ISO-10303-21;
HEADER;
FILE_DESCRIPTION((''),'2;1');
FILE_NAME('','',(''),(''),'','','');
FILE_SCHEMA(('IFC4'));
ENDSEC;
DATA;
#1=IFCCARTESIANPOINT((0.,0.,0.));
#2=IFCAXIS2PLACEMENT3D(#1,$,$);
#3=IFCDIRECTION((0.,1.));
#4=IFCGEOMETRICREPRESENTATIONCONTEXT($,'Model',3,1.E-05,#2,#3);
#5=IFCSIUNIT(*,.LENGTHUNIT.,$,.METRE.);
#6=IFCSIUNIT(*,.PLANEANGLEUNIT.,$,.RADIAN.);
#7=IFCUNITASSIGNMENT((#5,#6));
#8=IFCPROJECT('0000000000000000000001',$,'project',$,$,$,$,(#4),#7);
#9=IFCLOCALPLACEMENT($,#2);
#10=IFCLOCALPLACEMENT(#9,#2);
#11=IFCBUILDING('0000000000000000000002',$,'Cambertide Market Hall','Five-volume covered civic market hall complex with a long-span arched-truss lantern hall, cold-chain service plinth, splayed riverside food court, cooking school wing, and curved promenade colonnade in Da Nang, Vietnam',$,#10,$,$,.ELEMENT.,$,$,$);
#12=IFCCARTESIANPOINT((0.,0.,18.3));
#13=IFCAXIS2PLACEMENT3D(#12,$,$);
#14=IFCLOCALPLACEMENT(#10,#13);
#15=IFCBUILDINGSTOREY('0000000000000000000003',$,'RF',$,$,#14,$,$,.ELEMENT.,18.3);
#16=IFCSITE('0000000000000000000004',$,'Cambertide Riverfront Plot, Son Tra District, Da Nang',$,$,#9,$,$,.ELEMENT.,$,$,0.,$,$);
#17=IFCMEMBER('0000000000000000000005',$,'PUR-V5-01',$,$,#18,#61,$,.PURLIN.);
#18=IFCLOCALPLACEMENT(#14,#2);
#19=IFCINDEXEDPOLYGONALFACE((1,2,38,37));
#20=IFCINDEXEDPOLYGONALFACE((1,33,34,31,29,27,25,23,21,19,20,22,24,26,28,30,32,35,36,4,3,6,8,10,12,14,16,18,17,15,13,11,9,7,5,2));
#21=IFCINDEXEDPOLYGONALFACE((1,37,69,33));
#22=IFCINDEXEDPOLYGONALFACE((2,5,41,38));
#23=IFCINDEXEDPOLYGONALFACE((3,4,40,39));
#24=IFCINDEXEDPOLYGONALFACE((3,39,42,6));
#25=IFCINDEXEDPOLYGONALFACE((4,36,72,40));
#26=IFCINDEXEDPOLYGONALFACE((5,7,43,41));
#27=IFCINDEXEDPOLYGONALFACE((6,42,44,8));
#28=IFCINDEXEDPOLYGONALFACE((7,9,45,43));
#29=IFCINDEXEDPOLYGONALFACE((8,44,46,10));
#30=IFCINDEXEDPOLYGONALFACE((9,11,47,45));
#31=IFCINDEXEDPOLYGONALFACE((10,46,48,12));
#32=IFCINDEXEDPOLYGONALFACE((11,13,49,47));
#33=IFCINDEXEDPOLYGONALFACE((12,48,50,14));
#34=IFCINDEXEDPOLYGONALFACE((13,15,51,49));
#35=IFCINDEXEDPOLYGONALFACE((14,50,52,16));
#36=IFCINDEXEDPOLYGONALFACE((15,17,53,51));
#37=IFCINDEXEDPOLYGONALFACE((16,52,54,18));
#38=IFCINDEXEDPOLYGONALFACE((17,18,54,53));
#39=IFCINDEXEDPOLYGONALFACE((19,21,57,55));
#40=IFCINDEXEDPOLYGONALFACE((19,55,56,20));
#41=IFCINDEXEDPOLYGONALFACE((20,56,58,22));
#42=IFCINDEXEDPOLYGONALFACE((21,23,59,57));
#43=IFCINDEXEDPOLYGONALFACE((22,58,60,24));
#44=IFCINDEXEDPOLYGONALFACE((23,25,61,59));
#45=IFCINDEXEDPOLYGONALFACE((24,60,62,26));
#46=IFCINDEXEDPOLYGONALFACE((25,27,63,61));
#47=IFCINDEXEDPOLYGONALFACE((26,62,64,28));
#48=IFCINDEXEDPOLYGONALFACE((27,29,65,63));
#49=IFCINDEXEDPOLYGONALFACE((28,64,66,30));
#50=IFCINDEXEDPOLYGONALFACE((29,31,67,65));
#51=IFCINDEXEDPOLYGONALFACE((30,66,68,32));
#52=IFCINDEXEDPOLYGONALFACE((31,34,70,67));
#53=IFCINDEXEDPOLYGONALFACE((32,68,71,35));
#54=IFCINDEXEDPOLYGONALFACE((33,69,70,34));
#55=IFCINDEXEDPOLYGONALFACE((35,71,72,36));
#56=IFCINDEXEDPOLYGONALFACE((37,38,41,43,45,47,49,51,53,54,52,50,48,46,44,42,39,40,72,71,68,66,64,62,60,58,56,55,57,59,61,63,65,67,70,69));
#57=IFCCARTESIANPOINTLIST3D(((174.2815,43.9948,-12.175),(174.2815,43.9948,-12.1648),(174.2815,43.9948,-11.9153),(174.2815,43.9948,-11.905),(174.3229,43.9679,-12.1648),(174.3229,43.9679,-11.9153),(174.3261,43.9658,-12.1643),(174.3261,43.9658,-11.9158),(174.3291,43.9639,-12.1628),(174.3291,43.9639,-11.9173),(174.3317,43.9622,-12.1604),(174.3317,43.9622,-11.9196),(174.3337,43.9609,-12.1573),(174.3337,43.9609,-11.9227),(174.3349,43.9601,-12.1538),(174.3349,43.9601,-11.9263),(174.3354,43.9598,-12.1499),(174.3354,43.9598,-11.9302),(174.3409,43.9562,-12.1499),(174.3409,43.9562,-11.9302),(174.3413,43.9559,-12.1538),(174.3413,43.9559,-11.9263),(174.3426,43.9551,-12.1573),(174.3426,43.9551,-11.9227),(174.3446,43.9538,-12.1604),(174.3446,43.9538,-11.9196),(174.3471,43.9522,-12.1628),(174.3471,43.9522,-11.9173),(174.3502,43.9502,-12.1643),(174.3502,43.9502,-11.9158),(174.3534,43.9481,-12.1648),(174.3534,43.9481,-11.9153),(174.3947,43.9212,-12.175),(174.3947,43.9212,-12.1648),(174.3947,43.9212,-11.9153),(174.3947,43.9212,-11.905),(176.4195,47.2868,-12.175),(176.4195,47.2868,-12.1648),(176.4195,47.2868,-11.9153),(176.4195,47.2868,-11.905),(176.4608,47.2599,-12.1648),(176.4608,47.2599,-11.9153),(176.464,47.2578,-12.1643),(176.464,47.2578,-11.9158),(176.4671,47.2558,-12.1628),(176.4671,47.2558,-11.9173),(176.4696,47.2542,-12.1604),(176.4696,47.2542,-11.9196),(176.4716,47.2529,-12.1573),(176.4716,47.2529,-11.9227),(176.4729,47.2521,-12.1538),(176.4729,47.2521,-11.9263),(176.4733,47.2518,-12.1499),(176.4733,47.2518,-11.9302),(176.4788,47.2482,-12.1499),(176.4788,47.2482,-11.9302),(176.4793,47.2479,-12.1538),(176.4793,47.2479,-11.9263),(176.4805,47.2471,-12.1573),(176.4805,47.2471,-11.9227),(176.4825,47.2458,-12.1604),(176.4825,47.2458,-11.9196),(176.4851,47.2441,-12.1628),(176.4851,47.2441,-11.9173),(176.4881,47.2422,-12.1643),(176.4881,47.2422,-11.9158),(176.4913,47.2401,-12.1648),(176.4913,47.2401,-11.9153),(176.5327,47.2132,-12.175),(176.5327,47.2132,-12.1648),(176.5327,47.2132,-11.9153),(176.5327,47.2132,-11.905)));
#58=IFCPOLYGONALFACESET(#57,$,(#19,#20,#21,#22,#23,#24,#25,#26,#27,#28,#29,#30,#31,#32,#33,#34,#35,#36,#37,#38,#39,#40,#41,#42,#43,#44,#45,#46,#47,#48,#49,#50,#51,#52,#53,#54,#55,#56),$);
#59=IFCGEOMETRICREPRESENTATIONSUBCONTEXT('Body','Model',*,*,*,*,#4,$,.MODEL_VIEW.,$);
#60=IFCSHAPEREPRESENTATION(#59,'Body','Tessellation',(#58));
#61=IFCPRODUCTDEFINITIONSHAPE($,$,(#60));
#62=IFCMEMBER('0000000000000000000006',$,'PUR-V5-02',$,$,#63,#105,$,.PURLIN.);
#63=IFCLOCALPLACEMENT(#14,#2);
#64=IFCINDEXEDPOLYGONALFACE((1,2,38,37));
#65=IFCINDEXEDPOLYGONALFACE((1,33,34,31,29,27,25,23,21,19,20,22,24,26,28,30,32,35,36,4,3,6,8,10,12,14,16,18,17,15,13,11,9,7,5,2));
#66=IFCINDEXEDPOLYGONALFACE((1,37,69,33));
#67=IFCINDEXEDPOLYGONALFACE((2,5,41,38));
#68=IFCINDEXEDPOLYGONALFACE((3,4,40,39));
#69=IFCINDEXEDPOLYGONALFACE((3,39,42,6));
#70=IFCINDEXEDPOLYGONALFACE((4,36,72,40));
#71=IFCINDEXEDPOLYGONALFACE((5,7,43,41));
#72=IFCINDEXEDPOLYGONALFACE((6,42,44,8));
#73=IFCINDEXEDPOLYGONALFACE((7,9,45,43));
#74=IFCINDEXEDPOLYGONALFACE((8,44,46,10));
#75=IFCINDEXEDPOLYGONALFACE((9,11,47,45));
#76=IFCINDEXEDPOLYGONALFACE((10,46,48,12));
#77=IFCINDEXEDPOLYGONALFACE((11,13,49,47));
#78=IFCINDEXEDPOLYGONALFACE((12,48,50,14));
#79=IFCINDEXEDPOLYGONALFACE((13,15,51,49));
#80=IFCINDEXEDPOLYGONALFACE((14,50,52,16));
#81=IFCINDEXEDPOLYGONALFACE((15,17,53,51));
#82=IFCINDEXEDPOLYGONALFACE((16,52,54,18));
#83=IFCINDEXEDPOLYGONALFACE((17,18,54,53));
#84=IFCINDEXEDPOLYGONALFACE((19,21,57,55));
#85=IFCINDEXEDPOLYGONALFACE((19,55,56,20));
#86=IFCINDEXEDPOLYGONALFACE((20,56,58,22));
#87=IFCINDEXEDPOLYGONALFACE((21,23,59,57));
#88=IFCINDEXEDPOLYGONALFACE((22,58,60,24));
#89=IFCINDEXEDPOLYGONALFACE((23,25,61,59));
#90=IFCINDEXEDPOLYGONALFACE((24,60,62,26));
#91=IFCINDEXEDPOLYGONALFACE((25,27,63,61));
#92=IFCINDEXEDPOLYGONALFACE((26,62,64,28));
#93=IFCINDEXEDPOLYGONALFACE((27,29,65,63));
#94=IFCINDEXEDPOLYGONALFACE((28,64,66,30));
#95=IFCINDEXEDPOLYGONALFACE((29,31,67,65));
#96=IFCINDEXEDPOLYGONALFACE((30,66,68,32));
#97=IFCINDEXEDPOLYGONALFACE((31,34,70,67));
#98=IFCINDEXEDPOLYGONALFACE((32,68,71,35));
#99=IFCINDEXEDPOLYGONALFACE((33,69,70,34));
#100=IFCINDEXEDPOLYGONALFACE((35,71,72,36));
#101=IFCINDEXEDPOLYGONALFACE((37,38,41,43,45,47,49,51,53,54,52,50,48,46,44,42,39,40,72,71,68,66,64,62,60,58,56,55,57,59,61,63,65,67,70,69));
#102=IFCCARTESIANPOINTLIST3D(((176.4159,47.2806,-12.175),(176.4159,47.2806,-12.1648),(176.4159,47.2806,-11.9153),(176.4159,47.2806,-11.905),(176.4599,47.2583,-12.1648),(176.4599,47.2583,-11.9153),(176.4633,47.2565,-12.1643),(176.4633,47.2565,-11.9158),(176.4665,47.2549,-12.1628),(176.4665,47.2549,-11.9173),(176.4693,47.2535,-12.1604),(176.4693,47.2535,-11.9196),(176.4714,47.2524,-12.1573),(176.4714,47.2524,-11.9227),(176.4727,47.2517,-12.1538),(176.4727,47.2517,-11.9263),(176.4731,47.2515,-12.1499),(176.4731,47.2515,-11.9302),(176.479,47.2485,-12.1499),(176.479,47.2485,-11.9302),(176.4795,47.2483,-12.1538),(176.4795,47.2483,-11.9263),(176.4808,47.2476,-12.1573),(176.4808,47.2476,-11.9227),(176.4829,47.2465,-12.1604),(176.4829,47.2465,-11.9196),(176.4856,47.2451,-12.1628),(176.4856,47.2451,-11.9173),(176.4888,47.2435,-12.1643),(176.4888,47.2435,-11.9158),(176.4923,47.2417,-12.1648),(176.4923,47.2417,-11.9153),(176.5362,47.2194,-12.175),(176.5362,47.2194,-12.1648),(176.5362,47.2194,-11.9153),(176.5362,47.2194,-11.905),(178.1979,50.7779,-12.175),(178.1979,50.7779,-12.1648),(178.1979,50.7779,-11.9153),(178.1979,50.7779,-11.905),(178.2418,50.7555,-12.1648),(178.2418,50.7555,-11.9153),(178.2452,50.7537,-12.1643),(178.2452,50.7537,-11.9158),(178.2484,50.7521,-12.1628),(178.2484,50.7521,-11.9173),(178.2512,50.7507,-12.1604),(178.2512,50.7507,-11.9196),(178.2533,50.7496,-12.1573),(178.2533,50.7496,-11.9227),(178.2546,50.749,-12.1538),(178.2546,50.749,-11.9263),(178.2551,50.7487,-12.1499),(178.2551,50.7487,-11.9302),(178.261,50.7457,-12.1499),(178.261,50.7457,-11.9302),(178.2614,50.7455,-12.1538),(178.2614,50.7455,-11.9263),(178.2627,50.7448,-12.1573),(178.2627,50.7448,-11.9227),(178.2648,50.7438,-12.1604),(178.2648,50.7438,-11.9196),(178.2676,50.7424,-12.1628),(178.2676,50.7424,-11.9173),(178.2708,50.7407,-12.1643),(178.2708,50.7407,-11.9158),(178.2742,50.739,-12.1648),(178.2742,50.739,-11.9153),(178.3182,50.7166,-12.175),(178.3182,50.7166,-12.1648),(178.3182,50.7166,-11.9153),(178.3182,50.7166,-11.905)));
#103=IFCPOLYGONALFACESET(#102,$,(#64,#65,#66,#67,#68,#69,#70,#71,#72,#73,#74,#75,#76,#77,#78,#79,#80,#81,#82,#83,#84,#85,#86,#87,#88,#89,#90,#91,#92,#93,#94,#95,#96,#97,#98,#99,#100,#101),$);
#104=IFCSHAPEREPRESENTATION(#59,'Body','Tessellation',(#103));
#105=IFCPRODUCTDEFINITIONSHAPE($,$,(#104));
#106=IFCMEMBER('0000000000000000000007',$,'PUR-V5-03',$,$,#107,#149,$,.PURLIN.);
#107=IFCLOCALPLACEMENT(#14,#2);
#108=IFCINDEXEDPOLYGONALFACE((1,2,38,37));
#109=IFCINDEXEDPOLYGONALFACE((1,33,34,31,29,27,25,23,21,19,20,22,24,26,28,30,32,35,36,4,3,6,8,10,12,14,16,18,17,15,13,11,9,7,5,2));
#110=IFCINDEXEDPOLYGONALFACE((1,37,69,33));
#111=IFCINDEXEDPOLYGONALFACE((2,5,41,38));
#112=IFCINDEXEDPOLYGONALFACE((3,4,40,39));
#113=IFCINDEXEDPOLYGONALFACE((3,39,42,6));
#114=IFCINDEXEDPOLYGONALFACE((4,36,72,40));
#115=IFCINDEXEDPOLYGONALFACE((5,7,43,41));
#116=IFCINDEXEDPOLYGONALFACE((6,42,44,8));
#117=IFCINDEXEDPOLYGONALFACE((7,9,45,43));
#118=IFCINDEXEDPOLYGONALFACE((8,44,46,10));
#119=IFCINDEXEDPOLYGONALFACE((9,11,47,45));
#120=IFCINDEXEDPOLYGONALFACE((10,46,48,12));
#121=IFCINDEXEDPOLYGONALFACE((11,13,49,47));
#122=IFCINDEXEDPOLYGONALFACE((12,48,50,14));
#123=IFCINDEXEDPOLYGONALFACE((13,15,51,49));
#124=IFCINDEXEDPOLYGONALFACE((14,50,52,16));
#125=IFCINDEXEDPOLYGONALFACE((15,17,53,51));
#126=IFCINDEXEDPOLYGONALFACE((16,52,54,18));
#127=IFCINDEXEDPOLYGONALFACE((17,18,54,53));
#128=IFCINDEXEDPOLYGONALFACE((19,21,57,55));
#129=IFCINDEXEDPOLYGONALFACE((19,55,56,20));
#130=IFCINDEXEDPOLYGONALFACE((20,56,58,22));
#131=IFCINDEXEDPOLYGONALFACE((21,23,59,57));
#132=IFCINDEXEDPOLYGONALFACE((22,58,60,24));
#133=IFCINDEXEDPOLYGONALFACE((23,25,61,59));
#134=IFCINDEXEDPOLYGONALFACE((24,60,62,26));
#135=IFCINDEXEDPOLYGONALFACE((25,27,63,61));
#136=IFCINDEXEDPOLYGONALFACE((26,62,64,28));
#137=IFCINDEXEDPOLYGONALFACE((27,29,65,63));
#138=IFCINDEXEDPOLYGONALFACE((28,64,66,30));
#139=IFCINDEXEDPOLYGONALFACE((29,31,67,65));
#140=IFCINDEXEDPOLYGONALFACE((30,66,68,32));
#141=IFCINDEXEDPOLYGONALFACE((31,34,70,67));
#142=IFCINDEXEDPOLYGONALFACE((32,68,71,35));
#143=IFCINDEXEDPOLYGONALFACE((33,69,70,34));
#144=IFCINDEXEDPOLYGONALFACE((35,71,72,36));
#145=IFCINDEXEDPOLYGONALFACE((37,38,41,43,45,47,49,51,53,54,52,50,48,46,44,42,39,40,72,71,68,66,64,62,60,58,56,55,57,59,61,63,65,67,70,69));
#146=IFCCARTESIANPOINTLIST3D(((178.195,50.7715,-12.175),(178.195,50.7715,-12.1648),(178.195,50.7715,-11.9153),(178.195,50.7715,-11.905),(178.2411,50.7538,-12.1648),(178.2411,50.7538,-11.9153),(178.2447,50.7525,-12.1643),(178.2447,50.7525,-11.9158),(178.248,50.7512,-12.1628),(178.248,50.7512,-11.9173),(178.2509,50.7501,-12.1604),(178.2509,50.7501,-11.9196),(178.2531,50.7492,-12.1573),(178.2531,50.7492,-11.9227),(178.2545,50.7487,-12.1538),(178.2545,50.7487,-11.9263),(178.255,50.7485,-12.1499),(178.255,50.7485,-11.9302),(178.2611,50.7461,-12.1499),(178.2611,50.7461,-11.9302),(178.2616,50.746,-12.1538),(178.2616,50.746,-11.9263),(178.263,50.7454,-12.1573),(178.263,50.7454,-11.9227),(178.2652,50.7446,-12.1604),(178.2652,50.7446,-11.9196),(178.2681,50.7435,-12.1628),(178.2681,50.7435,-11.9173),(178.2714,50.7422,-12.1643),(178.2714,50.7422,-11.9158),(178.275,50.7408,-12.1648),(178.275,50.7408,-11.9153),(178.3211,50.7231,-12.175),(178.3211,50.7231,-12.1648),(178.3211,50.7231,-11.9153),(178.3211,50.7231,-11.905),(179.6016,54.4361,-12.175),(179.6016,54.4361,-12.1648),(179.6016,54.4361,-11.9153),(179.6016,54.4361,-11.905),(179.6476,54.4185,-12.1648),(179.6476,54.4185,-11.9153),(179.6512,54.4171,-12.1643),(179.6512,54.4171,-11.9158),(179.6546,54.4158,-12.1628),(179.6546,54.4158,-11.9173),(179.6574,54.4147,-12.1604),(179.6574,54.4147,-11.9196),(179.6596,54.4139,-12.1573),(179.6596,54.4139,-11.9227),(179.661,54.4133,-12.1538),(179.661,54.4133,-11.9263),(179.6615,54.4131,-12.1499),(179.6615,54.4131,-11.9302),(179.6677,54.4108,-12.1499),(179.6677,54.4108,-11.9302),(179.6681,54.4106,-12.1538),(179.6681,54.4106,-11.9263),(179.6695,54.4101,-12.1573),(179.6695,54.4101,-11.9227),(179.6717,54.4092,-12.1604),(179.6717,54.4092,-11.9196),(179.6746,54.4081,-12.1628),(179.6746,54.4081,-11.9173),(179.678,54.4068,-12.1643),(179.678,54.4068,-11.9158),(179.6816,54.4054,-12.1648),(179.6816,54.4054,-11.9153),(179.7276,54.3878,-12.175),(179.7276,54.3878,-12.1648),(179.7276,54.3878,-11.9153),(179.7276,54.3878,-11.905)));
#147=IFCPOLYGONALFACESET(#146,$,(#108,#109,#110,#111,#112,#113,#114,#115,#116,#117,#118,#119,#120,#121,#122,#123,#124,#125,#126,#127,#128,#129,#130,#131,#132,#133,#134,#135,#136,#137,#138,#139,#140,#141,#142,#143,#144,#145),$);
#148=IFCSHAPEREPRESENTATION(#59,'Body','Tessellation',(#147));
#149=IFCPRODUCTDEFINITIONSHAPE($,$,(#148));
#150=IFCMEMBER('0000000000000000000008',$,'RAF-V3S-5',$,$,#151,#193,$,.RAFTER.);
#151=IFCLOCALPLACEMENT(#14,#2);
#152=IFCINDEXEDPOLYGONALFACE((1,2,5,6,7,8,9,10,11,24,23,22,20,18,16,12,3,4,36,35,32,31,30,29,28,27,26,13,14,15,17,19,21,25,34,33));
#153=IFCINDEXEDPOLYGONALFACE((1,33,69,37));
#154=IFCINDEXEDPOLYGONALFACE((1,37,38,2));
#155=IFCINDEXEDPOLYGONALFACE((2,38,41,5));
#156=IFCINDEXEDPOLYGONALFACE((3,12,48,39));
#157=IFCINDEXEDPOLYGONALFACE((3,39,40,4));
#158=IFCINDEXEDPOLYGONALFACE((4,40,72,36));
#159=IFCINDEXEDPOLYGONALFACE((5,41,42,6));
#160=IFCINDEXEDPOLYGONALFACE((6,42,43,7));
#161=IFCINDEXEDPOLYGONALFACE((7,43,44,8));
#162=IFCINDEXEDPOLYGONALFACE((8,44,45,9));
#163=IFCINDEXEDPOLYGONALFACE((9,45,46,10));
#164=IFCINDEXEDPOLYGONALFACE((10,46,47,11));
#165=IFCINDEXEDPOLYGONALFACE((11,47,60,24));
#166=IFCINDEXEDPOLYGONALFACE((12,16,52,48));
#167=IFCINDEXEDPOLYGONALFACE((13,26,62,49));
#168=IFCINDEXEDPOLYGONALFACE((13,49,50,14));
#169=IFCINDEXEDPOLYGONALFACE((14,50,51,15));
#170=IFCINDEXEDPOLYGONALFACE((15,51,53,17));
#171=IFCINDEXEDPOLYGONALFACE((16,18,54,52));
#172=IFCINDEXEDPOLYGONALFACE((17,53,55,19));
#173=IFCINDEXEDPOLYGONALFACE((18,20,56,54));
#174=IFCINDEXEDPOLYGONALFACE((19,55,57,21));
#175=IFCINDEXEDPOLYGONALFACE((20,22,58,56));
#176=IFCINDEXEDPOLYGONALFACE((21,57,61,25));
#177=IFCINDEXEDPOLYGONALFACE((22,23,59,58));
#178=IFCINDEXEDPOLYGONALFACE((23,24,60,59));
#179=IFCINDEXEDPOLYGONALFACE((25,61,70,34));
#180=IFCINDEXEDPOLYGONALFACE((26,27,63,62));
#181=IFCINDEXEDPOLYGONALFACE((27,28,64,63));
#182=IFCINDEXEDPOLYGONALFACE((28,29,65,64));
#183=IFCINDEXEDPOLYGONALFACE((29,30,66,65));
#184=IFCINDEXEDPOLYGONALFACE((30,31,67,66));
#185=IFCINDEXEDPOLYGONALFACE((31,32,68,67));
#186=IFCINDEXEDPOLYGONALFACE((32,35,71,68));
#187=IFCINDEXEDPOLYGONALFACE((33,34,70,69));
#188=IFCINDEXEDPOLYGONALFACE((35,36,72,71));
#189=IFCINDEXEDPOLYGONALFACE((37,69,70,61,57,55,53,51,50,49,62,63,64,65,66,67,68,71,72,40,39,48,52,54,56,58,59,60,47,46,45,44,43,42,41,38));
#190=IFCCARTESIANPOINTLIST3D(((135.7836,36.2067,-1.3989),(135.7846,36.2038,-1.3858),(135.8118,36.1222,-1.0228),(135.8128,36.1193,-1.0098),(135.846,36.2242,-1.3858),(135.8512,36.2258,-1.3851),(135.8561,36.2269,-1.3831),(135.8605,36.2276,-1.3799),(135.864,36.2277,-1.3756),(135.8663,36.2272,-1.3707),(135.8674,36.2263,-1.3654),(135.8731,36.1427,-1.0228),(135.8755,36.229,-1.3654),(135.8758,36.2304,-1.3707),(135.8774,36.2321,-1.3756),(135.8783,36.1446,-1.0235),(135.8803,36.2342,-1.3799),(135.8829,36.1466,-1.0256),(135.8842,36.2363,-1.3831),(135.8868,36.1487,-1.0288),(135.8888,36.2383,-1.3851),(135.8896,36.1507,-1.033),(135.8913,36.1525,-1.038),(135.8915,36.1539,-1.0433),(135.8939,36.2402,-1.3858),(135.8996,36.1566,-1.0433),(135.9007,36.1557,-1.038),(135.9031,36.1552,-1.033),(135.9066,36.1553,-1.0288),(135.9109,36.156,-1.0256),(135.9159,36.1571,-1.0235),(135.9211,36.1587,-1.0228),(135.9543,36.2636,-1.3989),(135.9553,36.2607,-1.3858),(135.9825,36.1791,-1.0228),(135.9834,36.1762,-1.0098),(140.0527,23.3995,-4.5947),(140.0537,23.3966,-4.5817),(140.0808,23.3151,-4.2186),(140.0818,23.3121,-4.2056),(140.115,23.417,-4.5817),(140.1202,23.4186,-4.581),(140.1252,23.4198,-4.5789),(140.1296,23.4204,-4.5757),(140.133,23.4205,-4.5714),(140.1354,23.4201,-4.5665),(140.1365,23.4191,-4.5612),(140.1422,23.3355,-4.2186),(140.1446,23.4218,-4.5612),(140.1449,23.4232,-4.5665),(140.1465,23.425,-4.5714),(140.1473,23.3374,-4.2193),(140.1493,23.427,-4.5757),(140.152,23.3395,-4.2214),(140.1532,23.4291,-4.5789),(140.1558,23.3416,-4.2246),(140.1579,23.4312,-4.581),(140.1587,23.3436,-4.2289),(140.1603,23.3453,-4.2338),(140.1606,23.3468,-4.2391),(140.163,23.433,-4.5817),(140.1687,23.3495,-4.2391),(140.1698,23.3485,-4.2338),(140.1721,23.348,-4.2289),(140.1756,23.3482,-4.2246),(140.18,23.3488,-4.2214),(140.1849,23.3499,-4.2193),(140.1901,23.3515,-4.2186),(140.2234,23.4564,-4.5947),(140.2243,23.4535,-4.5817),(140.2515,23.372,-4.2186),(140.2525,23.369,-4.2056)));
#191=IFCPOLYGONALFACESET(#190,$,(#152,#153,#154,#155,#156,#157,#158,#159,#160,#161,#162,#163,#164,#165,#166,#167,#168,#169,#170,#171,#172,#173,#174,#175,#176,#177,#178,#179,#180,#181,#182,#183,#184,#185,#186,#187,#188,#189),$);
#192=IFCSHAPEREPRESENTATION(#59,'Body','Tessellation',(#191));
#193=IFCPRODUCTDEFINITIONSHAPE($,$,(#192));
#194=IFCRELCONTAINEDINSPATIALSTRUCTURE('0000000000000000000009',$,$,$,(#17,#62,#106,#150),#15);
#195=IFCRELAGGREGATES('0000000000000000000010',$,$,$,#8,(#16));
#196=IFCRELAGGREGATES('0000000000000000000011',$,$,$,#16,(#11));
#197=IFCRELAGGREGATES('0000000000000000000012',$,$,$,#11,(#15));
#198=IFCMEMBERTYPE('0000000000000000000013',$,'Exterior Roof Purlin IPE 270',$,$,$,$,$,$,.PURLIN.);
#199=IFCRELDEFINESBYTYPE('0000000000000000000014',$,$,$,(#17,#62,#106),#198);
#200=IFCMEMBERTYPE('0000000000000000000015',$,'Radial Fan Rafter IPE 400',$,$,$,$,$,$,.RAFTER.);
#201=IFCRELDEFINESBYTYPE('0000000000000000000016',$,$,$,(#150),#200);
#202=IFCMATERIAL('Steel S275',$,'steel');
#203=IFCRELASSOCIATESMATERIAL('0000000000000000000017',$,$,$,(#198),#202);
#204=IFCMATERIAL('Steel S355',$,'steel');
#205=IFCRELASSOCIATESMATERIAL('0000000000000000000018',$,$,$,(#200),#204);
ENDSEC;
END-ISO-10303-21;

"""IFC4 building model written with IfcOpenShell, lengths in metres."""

from ifc_helpers import new_model, si_unit, direction, frame, origin, origin_2d, place, context, subcontext, project, spatial, i_section, extrude, material, material_profile, profile_set, type_object, element, save


model = new_model("IFC4")

# Units and contexts
model_context = context("Model", 3, precision=1e-05, world=origin(), true_north=direction((0.0, 1.0)))
body_context = subcontext(model_context, "Body", "Model", "MODEL_VIEW")
ifc_project = project(units=[si_unit("LENGTHUNIT", "METRE"), si_unit("PLANEANGLEUNIT", "RADIAN")], contexts=[model_context])

# Site, building, storey
site_placement = place(None, origin())
site = spatial("IfcSite", under=ifc_project, at=site_placement, Name="Cambertide Riverfront Plot, Son Tra District, Da Nang", CompositionType="ELEMENT", RefElevation=0.0)
building_placement = place(site_placement, origin())
building = spatial("IfcBuilding", under=site, at=building_placement, Name="Cambertide Market Hall", Description="Five-volume covered civic market hall complex with a long-span arched-truss lantern hall, cold-chain service plinth, splayed riverside food court, cooking school wing, and curved promenade colonnade in Da Nang, Vietnam", CompositionType="ELEMENT")
storey_placement = place(building_placement, frame((0.0, 0.0, 18.3)))
storey = spatial("IfcBuildingStorey", under=building, at=storey_placement, Name="RF", CompositionType="ELEMENT", Elevation=18.3)

# Members
ifc_material_1 = material(Name="Steel S275", Category="steel")
ifc_material_profile_1 = material_profile(ifc_material_1, i_section(OverallWidth=0.135, OverallDepth=0.27, WebThickness=0.0066, FlangeThickness=0.0103, FilletRadius=0.0149, at=origin_2d()), Name="IPE 270")
ifc_profile_set_1 = profile_set([ifc_material_profile_1], Name="Steel S275")
member_type_1 = type_object("IfcMemberType", Name="Exterior Roof Purlin IPE 270", PredefinedType="PURLIN", material=ifc_profile_set_1)
member_1_placement = place(storey_placement, frame((174.3381, 43.958, -12.04), z_axis=(0.544656, 0.83866, 0.0), x_axis=(-0.83866, 0.544656, 0.0)))
element("IfcMember", 1, at=member_1_placement, inside=storey, type_object=member_type_1, Name="PUR-V5-01", PredefinedType="PURLIN", context=body_context, shape_type="SweptSolid", body=[
    extrude(i_section(OverallWidth=0.135, OverallDepth=0.27, WebThickness=0.0066, FlangeThickness=0.0103, FilletRadius=0.0149, at=origin_2d()), origin(), (0.0, 0.0, 1.0), 3.9253),
])
member_2_placement = place(storey_placement, frame((176.4761, 47.25, -12.04), z_axis=(0.453993, 0.891005, 0.0), x_axis=(-0.891005, 0.453993, 0.0)))
element("IfcMember", 2, at=member_2_placement, inside=storey, type_object=member_type_1, Name="PUR-V5-02", PredefinedType="PURLIN", context=body_context, shape_type="SweptSolid", body=[
    extrude(i_section(OverallWidth=0.135, OverallDepth=0.27, WebThickness=0.0066, FlangeThickness=0.0103, FilletRadius=0.0149, at=origin_2d()), origin(), (0.0, 0.0, 1.0), 3.925),
])
member_3_placement = place(storey_placement, frame((178.2581, 50.7473, -12.04), z_axis=(0.358325, 0.933597, 0.0), x_axis=(-0.933597, 0.358325, 0.0)))
element("IfcMember", 3, at=member_3_placement, inside=storey, type_object=member_type_1, Name="PUR-V5-03", PredefinedType="PURLIN", context=body_context, shape_type="SweptSolid", body=[
    extrude(i_section(OverallWidth=0.135, OverallDepth=0.27, WebThickness=0.0066, FlangeThickness=0.0103, FilletRadius=0.0149, at=origin_2d()), origin(), (0.0, 0.0, 1.0), 3.9253),
])
ifc_material_2 = material(Name="Steel S355", Category="steel")
ifc_material_profile_2 = material_profile(ifc_material_2, i_section(OverallWidth=0.1799, OverallDepth=0.3999, WebThickness=0.0085, FlangeThickness=0.0134, FilletRadius=0.021, at=origin_2d()), Name="IPE 400")
ifc_profile_set_2 = profile_set([ifc_material_profile_2], Name="Steel S355")
member_type_2 = type_object("IfcMemberType", Name="Radial Fan Rafter IPE 400", PredefinedType="RAFTER", material=ifc_profile_set_2)
for number, where, z_axis, x_axis, name in (
    (4, (140.1526, 23.3843, -4.4001), (-0.307723, 0.923169, 0.230361), (-0.948683, -0.316228, 0.0), "RAF-V3S-5"),
):
    element("IfcMember", number, at=place(storey_placement, frame(where, z_axis=z_axis, x_axis=x_axis)), inside=storey, type_object=member_type_2, Name=name, PredefinedType="RAFTER", context=body_context, shape_type="SweptSolid", body=[
        extrude(i_section(OverallWidth=0.1799, OverallDepth=0.3999, WebThickness=0.0085, FlangeThickness=0.0134, FilletRadius=0.021, at=origin_2d()), origin(), (0.0, 0.0, 1.0), 13.873),
    ])

save(model, "model.ifc")
